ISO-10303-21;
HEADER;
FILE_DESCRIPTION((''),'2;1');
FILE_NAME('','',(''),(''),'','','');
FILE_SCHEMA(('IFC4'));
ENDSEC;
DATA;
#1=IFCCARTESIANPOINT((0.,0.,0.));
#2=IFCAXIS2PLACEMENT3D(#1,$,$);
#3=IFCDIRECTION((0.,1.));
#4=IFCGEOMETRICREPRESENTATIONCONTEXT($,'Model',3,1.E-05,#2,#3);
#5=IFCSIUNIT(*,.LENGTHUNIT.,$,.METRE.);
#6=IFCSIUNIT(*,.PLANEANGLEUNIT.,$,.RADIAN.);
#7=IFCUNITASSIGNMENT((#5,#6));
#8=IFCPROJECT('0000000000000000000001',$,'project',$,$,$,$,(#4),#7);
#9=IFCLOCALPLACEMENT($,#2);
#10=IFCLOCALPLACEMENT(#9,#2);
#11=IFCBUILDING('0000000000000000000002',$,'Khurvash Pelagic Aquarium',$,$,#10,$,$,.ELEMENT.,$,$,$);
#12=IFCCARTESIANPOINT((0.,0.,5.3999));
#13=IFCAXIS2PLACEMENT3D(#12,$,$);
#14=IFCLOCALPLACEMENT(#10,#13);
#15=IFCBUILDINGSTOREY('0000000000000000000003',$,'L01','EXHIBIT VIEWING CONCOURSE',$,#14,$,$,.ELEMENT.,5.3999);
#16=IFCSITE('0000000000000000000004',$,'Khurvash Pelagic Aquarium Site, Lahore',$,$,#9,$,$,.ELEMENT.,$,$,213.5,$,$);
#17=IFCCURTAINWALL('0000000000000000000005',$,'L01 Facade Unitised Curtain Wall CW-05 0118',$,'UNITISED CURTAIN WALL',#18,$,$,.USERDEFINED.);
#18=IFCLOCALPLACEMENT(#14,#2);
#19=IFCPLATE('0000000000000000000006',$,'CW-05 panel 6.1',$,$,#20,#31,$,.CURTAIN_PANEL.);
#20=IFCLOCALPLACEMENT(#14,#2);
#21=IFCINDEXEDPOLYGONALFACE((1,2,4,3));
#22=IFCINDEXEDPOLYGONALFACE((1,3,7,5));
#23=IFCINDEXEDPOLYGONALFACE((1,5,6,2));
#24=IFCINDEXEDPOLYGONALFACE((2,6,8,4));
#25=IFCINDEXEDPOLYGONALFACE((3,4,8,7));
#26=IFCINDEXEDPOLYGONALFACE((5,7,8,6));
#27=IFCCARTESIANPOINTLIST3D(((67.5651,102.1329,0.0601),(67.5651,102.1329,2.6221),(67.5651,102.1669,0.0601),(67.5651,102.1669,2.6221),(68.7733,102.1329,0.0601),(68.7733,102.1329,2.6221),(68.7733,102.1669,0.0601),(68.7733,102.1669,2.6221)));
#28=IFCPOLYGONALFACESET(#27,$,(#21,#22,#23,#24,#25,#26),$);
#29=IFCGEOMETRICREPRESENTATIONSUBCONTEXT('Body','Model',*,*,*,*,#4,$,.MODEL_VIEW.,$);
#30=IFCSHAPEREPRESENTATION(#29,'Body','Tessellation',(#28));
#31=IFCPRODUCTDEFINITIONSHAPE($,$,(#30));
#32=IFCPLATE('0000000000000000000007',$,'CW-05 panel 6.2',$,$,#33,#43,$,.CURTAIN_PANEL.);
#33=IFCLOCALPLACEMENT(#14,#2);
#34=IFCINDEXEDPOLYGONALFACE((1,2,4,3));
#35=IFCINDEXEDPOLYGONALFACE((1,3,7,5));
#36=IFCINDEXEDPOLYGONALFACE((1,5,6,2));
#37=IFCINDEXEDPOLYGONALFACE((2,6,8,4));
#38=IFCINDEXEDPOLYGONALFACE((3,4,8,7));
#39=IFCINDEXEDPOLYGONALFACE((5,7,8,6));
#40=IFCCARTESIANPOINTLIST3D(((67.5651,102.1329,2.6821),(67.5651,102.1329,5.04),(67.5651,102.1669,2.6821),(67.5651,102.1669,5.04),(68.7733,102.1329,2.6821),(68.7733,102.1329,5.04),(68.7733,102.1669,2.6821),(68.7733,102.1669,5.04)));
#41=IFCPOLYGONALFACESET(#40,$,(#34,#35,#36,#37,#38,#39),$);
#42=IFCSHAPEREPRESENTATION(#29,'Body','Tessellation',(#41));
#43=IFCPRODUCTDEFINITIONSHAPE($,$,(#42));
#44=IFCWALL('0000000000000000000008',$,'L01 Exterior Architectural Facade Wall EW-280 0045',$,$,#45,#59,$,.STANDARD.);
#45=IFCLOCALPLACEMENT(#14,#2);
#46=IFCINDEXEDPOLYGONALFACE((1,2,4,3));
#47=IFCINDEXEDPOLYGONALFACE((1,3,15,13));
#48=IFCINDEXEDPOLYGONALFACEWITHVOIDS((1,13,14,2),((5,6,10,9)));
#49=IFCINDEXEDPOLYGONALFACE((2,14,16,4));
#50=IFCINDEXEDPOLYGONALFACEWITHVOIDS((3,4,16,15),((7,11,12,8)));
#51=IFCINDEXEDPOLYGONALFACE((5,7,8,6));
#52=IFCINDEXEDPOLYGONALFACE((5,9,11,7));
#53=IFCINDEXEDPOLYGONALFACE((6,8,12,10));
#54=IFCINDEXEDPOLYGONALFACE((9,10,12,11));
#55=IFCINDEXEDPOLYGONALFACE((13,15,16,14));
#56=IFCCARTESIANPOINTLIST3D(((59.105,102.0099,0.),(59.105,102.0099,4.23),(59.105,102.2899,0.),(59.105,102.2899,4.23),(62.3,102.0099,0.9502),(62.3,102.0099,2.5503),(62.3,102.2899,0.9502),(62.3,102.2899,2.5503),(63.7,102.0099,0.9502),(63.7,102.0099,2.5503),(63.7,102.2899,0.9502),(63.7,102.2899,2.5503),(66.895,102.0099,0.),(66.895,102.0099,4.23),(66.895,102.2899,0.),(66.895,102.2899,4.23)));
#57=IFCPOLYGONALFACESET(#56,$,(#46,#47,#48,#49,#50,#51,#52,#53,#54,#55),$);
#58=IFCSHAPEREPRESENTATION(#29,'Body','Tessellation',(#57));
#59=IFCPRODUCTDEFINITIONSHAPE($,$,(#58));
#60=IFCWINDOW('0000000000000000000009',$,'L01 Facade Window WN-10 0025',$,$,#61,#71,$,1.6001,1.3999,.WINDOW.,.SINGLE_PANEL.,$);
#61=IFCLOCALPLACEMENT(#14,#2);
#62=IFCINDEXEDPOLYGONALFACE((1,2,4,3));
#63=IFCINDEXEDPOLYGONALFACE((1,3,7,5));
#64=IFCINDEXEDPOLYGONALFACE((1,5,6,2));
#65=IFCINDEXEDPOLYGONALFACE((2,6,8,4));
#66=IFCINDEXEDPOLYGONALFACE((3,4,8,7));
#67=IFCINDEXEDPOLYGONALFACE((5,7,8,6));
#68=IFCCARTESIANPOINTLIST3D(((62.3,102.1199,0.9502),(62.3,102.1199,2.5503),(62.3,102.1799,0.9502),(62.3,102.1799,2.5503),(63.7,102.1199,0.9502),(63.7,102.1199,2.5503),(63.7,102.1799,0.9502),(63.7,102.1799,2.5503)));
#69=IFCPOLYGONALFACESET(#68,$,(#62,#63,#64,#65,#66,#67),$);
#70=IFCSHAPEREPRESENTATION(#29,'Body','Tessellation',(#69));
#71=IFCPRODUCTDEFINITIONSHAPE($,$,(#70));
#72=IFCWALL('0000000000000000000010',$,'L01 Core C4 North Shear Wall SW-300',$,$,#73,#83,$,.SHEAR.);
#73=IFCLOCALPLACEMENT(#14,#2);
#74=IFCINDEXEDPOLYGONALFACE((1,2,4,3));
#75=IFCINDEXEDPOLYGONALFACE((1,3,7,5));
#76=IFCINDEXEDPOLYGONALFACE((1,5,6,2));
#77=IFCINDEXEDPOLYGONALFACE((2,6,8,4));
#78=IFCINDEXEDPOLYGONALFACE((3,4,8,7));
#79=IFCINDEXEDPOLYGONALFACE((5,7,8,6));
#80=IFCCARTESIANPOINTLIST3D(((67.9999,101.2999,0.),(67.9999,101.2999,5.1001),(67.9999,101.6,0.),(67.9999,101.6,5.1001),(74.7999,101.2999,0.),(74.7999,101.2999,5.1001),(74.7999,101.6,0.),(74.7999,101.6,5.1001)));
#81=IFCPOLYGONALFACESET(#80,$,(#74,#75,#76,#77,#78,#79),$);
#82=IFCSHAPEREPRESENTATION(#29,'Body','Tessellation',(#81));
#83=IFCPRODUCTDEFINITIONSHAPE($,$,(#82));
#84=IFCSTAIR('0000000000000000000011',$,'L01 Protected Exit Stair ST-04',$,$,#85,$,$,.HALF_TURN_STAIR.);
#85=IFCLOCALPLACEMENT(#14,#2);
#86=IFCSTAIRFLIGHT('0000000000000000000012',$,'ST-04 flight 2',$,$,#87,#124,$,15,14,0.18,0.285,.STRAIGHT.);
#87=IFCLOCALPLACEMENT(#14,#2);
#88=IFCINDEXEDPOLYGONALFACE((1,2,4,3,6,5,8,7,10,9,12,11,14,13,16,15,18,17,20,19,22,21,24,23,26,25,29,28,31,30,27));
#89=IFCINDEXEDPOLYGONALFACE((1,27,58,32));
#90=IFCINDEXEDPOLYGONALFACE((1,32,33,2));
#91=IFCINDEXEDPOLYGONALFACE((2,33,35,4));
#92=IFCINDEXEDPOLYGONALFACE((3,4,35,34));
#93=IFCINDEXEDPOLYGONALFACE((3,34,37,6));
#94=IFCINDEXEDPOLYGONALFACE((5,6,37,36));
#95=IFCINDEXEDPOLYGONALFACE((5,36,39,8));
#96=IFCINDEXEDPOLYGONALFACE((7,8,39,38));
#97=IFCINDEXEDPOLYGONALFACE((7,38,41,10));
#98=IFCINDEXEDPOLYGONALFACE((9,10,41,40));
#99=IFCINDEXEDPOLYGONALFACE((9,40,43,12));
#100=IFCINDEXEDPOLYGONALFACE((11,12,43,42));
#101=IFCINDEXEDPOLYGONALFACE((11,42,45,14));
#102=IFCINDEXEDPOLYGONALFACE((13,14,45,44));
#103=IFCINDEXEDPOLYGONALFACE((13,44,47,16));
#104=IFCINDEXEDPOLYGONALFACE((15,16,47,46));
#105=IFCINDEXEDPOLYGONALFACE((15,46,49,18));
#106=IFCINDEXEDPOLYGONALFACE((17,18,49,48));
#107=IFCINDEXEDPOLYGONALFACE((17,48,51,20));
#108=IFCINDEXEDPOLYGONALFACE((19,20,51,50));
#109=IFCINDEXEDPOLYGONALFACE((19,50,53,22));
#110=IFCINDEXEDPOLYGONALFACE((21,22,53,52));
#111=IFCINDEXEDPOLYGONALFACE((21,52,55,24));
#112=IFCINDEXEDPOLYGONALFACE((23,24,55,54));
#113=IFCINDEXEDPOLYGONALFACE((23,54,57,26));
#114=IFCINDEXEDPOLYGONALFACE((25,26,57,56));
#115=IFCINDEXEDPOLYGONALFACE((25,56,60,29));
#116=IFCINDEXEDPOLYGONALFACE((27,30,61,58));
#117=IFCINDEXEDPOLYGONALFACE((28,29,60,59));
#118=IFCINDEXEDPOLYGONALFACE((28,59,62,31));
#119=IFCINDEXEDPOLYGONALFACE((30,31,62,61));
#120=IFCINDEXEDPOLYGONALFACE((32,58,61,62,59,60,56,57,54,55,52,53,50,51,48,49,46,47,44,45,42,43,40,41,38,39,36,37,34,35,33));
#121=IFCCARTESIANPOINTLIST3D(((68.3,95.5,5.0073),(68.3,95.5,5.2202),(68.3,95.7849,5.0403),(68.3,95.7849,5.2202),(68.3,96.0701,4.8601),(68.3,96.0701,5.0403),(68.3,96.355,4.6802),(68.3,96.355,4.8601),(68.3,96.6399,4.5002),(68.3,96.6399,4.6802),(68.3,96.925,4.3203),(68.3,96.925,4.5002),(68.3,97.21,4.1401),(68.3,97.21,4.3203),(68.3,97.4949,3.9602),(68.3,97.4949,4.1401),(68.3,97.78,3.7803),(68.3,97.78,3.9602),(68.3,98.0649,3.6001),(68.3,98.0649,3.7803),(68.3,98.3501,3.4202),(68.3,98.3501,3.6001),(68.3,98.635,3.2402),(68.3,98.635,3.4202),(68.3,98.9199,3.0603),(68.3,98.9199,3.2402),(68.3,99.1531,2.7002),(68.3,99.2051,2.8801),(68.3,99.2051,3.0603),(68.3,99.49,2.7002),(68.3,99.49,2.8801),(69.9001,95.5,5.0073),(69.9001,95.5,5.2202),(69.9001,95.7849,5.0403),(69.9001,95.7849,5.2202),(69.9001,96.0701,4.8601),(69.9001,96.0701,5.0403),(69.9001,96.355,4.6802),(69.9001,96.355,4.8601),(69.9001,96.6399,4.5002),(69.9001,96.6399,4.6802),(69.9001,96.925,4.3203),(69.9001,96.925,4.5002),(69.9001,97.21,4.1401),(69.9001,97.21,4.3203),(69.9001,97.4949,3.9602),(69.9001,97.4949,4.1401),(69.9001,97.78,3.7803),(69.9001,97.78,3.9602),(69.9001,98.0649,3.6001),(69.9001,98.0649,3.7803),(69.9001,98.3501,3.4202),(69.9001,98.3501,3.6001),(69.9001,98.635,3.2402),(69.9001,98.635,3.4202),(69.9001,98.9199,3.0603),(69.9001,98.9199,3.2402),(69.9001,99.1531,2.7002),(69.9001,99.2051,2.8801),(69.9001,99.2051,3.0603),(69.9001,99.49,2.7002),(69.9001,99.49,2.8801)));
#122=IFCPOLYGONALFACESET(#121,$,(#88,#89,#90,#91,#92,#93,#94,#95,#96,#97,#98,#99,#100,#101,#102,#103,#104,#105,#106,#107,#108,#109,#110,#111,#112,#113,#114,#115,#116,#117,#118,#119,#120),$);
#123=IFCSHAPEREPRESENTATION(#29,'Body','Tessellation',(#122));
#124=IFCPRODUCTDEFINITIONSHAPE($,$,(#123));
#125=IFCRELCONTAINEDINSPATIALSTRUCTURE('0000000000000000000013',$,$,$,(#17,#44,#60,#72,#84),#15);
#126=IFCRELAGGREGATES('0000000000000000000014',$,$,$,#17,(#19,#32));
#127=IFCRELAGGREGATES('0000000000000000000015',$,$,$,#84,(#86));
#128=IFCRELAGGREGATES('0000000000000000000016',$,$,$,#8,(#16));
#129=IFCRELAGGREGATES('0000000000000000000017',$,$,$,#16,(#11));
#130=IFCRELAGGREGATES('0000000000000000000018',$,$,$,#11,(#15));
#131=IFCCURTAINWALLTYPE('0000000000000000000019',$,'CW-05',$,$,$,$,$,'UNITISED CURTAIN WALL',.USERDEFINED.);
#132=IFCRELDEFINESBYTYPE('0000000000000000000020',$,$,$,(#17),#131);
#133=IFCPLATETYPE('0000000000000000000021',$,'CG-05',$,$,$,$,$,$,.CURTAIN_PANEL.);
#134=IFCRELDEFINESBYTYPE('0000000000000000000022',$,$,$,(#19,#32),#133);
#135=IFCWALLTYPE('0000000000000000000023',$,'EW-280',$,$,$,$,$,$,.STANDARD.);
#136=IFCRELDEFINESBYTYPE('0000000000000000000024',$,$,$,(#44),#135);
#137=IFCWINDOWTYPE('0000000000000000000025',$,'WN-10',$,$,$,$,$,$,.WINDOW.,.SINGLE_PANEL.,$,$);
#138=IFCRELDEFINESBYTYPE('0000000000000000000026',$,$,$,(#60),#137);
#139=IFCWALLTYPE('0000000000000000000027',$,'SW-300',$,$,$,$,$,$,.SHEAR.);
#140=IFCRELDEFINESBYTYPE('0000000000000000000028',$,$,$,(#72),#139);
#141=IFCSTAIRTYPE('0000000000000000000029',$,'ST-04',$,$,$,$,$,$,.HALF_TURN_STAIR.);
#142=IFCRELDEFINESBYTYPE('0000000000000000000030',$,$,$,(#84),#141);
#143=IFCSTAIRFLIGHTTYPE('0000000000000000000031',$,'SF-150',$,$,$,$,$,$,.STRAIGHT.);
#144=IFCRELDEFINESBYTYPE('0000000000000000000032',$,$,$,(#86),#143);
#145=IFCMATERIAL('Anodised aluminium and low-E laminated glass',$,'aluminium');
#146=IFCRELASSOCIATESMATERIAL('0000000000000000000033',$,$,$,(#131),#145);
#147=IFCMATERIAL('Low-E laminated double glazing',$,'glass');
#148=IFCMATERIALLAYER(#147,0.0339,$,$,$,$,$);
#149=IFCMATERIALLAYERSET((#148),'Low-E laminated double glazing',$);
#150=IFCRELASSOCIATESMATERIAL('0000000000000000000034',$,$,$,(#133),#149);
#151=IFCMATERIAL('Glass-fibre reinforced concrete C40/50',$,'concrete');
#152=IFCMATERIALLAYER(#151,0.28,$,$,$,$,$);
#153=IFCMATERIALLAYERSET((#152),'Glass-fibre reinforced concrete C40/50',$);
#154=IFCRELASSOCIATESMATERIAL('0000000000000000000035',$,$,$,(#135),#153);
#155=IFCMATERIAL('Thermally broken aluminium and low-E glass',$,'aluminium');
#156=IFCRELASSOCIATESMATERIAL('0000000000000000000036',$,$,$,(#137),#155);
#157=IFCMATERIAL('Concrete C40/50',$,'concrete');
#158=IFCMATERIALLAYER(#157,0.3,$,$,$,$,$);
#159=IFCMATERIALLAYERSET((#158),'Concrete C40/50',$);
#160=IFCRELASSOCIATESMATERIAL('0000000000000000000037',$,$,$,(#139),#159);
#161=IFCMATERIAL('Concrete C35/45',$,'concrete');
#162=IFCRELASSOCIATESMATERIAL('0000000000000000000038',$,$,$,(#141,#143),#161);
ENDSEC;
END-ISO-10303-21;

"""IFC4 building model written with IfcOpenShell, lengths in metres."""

from ifc_helpers import new_model, si_unit, direction, frame, frame_2d, origin, origin_2d, place, context, subcontext, project, spatial, polyline, rectangle, outline, extrude, material, layer, layer_set, type_object, element, fill, aggregate, save


model = new_model("IFC4")

# Units and contexts
model_context = context("Model", 3, precision=1e-05, world=origin(), true_north=direction((0.0, 1.0)))
body_context = subcontext(model_context, "Body", "Model", "MODEL_VIEW")
ifc_project = project(units=[si_unit("LENGTHUNIT", "METRE"), si_unit("PLANEANGLEUNIT", "RADIAN")], contexts=[model_context])

# Site, building, storey
site_placement = place(None, origin())
site = spatial("IfcSite", under=ifc_project, at=site_placement, Name="Khurvash Pelagic Aquarium Site, Lahore", CompositionType="ELEMENT", RefElevation=213.5)
building_placement = place(site_placement, origin())
building = spatial("IfcBuilding", under=site, at=building_placement, Name="Khurvash Pelagic Aquarium", CompositionType="ELEMENT")
storey_placement = place(building_placement, frame((0.0, 0.0, 5.3999)))
storey = spatial("IfcBuildingStorey", under=building, at=storey_placement, Name="L01", Description="EXHIBIT VIEWING CONCOURSE", CompositionType="ELEMENT", Elevation=5.3999)

# Shared definitions
ifc_material_1 = material(Name="Concrete C40/50", Category="concrete")

# Shared definitions
ifc_material_2 = material(Name="Concrete C35/45", Category="concrete")

# Curtain wall
ifc_material_3 = material(Name="Anodised aluminium and low-E laminated glass", Category="aluminium")
curtain_wall_type = type_object("IfcCurtainWallType", Name="CW-05", ElementType="UNITISED CURTAIN WALL", PredefinedType="USERDEFINED", material=ifc_material_3)
curtain_wall_placement = place(storey_placement, origin())
curtain_wall = element("IfcCurtainWall", 1, at=curtain_wall_placement, inside=storey, type_object=curtain_wall_type, Name="L01 Facade Unitised Curtain Wall CW-05 0118", ObjectType="UNITISED CURTAIN WALL", PredefinedType="USERDEFINED")

# Plates
ifc_material_4 = material(Name="Low-E laminated double glazing", Category="glass")
ifc_layer_1 = layer(ifc_material_4, 0.0339)
ifc_layer_set_1 = layer_set([ifc_layer_1], Name="Low-E laminated double glazing")
plate_type = type_object("IfcPlateType", Name="CG-05", PredefinedType="CURTAIN_PANEL", material=ifc_layer_set_1)
plate_1_placement = place(storey_placement, frame((68.1692, 102.1499, 0.0601), z_axis=(0.0, 0.0, 1.0), x_axis=(-1.0, 0.0, 0.0)))
plate_1 = element("IfcPlate", 2, at=plate_1_placement, type_object=plate_type, Name="CW-05 panel 6.1", PredefinedType="CURTAIN_PANEL", context=body_context, shape_type="SweptSolid", body=[
    extrude(rectangle(XDim=1.2083, YDim=0.0339, at=origin_2d()), origin(), (0.0, 0.0, 1.0), 2.562),
])
plate_2_placement = place(storey_placement, frame((68.1692, 102.1499, 2.6821), z_axis=(0.0, 0.0, 1.0), x_axis=(-1.0, 0.0, 0.0)))
plate_2 = element("IfcPlate", 3, at=plate_2_placement, type_object=plate_type, Name="CW-05 panel 6.2", PredefinedType="CURTAIN_PANEL", context=body_context, shape_type="SweptSolid", body=[
    extrude(rectangle(XDim=1.2083, YDim=0.0339, at=origin_2d()), origin(), (0.0, 0.0, 1.0), 2.3579),
])
aggregate(curtain_wall, [plate_1, plate_2])

# Wall, opening, window
ifc_material_5 = material(Name="Glass-fibre reinforced concrete C40/50", Category="concrete")
ifc_layer_2 = layer(ifc_material_5, 0.28)
ifc_layer_set_2 = layer_set([ifc_layer_2], Name="Glass-fibre reinforced concrete C40/50")
wall_type_1 = type_object("IfcWallType", Name="EW-280", PredefinedType="STANDARD", material=ifc_layer_set_2)
wall_1_placement = place(storey_placement, frame((66.895, 102.1499, 0.0), z_axis=(0.0, 0.0, 1.0), x_axis=(-1.0, 0.0, 0.0)))
wall_1 = element("IfcWall", 4, at=wall_1_placement, inside=storey, type_object=wall_type_1, Name="L01 Exterior Architectural Facade Wall EW-280 0045", PredefinedType="STANDARD", context=body_context, shape_type="SweptSolid", body=[
    extrude(rectangle(XDim=7.79, YDim=0.28, at=frame_2d((3.895, 0.0))), origin(), (0.0, 0.0, 1.0), 4.23),
])
opening_placement = place(wall_1_placement, frame((3.1951, 0.0, 0.9502)))
opening = element("IfcOpeningElement", 5, at=opening_placement, cuts=wall_1, PredefinedType="OPENING", context=body_context, shape_type="SweptSolid", body=[
    extrude(rectangle(XDim=1.3999, YDim=1.6001, at=frame_2d((0.7, 0.8))), frame((0.0, 0.1499, 0.0), z_axis=(0.0, -1.0, 0.0), x_axis=(1.0, 0.0, 0.0)), (0.0, 0.0, 1.0), 0.3),
])
ifc_material_6 = material(Name="Thermally broken aluminium and low-E glass", Category="aluminium")
window_type = type_object("IfcWindowType", Name="WN-10", PartitioningType="SINGLE_PANEL", PredefinedType="WINDOW", material=ifc_material_6)
window_placement = place(opening_placement, origin())
window = element("IfcWindow", 6, at=window_placement, inside=storey, type_object=window_type, Name="L01 Facade Window WN-10 0025", OverallHeight=1.6001, OverallWidth=1.3999, PartitioningType="SINGLE_PANEL", PredefinedType="WINDOW", context=body_context, shape_type="SweptSolid", body=[
    extrude(rectangle(XDim=1.3999, YDim=1.6001, at=frame_2d((0.7, 0.8))), frame((0.0, 0.03, 0.0), z_axis=(0.0, -1.0, 0.0), x_axis=(1.0, 0.0, 0.0)), (0.0, 0.0, 1.0), 0.0601),
])
fill(opening, window)

# Wall
ifc_layer_3 = layer(ifc_material_1, 0.3)
ifc_layer_set_3 = layer_set([ifc_layer_3], Name="Concrete C40/50")
wall_type_2 = type_object("IfcWallType", Name="SW-300", PredefinedType="SHEAR", material=ifc_layer_set_3)
wall_2_placement = place(storey_placement, frame((68.0, 101.45, 0.0), z_axis=(0.0, 0.0, 1.0), x_axis=(1.0, 0.0, 0.0)))
element("IfcWall", 7, at=wall_2_placement, inside=storey, type_object=wall_type_2, Name="L01 Core C4 North Shear Wall SW-300", PredefinedType="SHEAR", context=body_context, shape_type="SweptSolid", body=[
    extrude(rectangle(XDim=6.8, YDim=0.3, at=frame_2d((3.3999, 0.0))), origin(), (0.0, 0.0, 1.0), 5.1001),
])

# Stair, stair flight
stair_type = type_object("IfcStairType", Name="ST-04", PredefinedType="HALF_TURN_STAIR", material=ifc_material_2)
stair_placement = place(storey_placement, origin())
stair = element("IfcStair", 8, at=stair_placement, inside=storey, type_object=stair_type, Name="L01 Protected Exit Stair ST-04", PredefinedType="HALF_TURN_STAIR")
stair_flight_type = type_object("IfcStairFlightType", Name="SF-150", PredefinedType="STRAIGHT", material=ifc_material_2)
stair_flight_placement = place(storey_placement, frame((69.1001, 99.49, 2.7002), z_axis=(0.0, 0.0, 1.0), x_axis=(0.0, -1.0, 0.0)))
stair_flight = element("IfcStairFlight", 9, at=stair_flight_placement, type_object=stair_flight_type, Name="ST-04 flight 2", NumberOfRisers=15, NumberOfTreads=14, PredefinedType="STRAIGHT", RiserHeight=0.18, TreadLength=0.285, context=body_context, shape_type="SweptSolid", body=[
    extrude(outline(polyline([(0.0, 0.0), (0.0, 0.1799), (0.2849, 0.1799), (0.2849, 0.3601), (0.5701, 0.3601), (0.5701, 0.54), (0.855, 0.54), (0.855, 0.72), (1.1399, 0.72), (1.1399, 0.8999), (1.425, 0.8999), (1.425, 1.0801), (1.71, 1.0801), (1.71, 1.26), (1.9951, 1.26), (1.9951, 1.4399), (2.28, 1.4399), (2.28, 1.6201), (2.5649, 1.6201), (2.5649, 1.8), (2.8501, 1.8), (2.8501, 1.98), (3.135, 1.98), (3.135, 2.1599), (3.4199, 2.1599), (3.4199, 2.3401), (3.7051, 2.3401), (3.7051, 2.52), (3.99, 2.52), (3.99, 2.7), (3.99, 2.3071), (0.3369, 0.0), (0.0, 0.0)])), frame((0.0, 0.8, 0.0), z_axis=(0.0, -1.0, 0.0), x_axis=(1.0, 0.0, 0.0)), (0.0, 0.0, 1.0), 1.6001),
])
aggregate(stair, [stair_flight])

save(model, "model.ifc")
